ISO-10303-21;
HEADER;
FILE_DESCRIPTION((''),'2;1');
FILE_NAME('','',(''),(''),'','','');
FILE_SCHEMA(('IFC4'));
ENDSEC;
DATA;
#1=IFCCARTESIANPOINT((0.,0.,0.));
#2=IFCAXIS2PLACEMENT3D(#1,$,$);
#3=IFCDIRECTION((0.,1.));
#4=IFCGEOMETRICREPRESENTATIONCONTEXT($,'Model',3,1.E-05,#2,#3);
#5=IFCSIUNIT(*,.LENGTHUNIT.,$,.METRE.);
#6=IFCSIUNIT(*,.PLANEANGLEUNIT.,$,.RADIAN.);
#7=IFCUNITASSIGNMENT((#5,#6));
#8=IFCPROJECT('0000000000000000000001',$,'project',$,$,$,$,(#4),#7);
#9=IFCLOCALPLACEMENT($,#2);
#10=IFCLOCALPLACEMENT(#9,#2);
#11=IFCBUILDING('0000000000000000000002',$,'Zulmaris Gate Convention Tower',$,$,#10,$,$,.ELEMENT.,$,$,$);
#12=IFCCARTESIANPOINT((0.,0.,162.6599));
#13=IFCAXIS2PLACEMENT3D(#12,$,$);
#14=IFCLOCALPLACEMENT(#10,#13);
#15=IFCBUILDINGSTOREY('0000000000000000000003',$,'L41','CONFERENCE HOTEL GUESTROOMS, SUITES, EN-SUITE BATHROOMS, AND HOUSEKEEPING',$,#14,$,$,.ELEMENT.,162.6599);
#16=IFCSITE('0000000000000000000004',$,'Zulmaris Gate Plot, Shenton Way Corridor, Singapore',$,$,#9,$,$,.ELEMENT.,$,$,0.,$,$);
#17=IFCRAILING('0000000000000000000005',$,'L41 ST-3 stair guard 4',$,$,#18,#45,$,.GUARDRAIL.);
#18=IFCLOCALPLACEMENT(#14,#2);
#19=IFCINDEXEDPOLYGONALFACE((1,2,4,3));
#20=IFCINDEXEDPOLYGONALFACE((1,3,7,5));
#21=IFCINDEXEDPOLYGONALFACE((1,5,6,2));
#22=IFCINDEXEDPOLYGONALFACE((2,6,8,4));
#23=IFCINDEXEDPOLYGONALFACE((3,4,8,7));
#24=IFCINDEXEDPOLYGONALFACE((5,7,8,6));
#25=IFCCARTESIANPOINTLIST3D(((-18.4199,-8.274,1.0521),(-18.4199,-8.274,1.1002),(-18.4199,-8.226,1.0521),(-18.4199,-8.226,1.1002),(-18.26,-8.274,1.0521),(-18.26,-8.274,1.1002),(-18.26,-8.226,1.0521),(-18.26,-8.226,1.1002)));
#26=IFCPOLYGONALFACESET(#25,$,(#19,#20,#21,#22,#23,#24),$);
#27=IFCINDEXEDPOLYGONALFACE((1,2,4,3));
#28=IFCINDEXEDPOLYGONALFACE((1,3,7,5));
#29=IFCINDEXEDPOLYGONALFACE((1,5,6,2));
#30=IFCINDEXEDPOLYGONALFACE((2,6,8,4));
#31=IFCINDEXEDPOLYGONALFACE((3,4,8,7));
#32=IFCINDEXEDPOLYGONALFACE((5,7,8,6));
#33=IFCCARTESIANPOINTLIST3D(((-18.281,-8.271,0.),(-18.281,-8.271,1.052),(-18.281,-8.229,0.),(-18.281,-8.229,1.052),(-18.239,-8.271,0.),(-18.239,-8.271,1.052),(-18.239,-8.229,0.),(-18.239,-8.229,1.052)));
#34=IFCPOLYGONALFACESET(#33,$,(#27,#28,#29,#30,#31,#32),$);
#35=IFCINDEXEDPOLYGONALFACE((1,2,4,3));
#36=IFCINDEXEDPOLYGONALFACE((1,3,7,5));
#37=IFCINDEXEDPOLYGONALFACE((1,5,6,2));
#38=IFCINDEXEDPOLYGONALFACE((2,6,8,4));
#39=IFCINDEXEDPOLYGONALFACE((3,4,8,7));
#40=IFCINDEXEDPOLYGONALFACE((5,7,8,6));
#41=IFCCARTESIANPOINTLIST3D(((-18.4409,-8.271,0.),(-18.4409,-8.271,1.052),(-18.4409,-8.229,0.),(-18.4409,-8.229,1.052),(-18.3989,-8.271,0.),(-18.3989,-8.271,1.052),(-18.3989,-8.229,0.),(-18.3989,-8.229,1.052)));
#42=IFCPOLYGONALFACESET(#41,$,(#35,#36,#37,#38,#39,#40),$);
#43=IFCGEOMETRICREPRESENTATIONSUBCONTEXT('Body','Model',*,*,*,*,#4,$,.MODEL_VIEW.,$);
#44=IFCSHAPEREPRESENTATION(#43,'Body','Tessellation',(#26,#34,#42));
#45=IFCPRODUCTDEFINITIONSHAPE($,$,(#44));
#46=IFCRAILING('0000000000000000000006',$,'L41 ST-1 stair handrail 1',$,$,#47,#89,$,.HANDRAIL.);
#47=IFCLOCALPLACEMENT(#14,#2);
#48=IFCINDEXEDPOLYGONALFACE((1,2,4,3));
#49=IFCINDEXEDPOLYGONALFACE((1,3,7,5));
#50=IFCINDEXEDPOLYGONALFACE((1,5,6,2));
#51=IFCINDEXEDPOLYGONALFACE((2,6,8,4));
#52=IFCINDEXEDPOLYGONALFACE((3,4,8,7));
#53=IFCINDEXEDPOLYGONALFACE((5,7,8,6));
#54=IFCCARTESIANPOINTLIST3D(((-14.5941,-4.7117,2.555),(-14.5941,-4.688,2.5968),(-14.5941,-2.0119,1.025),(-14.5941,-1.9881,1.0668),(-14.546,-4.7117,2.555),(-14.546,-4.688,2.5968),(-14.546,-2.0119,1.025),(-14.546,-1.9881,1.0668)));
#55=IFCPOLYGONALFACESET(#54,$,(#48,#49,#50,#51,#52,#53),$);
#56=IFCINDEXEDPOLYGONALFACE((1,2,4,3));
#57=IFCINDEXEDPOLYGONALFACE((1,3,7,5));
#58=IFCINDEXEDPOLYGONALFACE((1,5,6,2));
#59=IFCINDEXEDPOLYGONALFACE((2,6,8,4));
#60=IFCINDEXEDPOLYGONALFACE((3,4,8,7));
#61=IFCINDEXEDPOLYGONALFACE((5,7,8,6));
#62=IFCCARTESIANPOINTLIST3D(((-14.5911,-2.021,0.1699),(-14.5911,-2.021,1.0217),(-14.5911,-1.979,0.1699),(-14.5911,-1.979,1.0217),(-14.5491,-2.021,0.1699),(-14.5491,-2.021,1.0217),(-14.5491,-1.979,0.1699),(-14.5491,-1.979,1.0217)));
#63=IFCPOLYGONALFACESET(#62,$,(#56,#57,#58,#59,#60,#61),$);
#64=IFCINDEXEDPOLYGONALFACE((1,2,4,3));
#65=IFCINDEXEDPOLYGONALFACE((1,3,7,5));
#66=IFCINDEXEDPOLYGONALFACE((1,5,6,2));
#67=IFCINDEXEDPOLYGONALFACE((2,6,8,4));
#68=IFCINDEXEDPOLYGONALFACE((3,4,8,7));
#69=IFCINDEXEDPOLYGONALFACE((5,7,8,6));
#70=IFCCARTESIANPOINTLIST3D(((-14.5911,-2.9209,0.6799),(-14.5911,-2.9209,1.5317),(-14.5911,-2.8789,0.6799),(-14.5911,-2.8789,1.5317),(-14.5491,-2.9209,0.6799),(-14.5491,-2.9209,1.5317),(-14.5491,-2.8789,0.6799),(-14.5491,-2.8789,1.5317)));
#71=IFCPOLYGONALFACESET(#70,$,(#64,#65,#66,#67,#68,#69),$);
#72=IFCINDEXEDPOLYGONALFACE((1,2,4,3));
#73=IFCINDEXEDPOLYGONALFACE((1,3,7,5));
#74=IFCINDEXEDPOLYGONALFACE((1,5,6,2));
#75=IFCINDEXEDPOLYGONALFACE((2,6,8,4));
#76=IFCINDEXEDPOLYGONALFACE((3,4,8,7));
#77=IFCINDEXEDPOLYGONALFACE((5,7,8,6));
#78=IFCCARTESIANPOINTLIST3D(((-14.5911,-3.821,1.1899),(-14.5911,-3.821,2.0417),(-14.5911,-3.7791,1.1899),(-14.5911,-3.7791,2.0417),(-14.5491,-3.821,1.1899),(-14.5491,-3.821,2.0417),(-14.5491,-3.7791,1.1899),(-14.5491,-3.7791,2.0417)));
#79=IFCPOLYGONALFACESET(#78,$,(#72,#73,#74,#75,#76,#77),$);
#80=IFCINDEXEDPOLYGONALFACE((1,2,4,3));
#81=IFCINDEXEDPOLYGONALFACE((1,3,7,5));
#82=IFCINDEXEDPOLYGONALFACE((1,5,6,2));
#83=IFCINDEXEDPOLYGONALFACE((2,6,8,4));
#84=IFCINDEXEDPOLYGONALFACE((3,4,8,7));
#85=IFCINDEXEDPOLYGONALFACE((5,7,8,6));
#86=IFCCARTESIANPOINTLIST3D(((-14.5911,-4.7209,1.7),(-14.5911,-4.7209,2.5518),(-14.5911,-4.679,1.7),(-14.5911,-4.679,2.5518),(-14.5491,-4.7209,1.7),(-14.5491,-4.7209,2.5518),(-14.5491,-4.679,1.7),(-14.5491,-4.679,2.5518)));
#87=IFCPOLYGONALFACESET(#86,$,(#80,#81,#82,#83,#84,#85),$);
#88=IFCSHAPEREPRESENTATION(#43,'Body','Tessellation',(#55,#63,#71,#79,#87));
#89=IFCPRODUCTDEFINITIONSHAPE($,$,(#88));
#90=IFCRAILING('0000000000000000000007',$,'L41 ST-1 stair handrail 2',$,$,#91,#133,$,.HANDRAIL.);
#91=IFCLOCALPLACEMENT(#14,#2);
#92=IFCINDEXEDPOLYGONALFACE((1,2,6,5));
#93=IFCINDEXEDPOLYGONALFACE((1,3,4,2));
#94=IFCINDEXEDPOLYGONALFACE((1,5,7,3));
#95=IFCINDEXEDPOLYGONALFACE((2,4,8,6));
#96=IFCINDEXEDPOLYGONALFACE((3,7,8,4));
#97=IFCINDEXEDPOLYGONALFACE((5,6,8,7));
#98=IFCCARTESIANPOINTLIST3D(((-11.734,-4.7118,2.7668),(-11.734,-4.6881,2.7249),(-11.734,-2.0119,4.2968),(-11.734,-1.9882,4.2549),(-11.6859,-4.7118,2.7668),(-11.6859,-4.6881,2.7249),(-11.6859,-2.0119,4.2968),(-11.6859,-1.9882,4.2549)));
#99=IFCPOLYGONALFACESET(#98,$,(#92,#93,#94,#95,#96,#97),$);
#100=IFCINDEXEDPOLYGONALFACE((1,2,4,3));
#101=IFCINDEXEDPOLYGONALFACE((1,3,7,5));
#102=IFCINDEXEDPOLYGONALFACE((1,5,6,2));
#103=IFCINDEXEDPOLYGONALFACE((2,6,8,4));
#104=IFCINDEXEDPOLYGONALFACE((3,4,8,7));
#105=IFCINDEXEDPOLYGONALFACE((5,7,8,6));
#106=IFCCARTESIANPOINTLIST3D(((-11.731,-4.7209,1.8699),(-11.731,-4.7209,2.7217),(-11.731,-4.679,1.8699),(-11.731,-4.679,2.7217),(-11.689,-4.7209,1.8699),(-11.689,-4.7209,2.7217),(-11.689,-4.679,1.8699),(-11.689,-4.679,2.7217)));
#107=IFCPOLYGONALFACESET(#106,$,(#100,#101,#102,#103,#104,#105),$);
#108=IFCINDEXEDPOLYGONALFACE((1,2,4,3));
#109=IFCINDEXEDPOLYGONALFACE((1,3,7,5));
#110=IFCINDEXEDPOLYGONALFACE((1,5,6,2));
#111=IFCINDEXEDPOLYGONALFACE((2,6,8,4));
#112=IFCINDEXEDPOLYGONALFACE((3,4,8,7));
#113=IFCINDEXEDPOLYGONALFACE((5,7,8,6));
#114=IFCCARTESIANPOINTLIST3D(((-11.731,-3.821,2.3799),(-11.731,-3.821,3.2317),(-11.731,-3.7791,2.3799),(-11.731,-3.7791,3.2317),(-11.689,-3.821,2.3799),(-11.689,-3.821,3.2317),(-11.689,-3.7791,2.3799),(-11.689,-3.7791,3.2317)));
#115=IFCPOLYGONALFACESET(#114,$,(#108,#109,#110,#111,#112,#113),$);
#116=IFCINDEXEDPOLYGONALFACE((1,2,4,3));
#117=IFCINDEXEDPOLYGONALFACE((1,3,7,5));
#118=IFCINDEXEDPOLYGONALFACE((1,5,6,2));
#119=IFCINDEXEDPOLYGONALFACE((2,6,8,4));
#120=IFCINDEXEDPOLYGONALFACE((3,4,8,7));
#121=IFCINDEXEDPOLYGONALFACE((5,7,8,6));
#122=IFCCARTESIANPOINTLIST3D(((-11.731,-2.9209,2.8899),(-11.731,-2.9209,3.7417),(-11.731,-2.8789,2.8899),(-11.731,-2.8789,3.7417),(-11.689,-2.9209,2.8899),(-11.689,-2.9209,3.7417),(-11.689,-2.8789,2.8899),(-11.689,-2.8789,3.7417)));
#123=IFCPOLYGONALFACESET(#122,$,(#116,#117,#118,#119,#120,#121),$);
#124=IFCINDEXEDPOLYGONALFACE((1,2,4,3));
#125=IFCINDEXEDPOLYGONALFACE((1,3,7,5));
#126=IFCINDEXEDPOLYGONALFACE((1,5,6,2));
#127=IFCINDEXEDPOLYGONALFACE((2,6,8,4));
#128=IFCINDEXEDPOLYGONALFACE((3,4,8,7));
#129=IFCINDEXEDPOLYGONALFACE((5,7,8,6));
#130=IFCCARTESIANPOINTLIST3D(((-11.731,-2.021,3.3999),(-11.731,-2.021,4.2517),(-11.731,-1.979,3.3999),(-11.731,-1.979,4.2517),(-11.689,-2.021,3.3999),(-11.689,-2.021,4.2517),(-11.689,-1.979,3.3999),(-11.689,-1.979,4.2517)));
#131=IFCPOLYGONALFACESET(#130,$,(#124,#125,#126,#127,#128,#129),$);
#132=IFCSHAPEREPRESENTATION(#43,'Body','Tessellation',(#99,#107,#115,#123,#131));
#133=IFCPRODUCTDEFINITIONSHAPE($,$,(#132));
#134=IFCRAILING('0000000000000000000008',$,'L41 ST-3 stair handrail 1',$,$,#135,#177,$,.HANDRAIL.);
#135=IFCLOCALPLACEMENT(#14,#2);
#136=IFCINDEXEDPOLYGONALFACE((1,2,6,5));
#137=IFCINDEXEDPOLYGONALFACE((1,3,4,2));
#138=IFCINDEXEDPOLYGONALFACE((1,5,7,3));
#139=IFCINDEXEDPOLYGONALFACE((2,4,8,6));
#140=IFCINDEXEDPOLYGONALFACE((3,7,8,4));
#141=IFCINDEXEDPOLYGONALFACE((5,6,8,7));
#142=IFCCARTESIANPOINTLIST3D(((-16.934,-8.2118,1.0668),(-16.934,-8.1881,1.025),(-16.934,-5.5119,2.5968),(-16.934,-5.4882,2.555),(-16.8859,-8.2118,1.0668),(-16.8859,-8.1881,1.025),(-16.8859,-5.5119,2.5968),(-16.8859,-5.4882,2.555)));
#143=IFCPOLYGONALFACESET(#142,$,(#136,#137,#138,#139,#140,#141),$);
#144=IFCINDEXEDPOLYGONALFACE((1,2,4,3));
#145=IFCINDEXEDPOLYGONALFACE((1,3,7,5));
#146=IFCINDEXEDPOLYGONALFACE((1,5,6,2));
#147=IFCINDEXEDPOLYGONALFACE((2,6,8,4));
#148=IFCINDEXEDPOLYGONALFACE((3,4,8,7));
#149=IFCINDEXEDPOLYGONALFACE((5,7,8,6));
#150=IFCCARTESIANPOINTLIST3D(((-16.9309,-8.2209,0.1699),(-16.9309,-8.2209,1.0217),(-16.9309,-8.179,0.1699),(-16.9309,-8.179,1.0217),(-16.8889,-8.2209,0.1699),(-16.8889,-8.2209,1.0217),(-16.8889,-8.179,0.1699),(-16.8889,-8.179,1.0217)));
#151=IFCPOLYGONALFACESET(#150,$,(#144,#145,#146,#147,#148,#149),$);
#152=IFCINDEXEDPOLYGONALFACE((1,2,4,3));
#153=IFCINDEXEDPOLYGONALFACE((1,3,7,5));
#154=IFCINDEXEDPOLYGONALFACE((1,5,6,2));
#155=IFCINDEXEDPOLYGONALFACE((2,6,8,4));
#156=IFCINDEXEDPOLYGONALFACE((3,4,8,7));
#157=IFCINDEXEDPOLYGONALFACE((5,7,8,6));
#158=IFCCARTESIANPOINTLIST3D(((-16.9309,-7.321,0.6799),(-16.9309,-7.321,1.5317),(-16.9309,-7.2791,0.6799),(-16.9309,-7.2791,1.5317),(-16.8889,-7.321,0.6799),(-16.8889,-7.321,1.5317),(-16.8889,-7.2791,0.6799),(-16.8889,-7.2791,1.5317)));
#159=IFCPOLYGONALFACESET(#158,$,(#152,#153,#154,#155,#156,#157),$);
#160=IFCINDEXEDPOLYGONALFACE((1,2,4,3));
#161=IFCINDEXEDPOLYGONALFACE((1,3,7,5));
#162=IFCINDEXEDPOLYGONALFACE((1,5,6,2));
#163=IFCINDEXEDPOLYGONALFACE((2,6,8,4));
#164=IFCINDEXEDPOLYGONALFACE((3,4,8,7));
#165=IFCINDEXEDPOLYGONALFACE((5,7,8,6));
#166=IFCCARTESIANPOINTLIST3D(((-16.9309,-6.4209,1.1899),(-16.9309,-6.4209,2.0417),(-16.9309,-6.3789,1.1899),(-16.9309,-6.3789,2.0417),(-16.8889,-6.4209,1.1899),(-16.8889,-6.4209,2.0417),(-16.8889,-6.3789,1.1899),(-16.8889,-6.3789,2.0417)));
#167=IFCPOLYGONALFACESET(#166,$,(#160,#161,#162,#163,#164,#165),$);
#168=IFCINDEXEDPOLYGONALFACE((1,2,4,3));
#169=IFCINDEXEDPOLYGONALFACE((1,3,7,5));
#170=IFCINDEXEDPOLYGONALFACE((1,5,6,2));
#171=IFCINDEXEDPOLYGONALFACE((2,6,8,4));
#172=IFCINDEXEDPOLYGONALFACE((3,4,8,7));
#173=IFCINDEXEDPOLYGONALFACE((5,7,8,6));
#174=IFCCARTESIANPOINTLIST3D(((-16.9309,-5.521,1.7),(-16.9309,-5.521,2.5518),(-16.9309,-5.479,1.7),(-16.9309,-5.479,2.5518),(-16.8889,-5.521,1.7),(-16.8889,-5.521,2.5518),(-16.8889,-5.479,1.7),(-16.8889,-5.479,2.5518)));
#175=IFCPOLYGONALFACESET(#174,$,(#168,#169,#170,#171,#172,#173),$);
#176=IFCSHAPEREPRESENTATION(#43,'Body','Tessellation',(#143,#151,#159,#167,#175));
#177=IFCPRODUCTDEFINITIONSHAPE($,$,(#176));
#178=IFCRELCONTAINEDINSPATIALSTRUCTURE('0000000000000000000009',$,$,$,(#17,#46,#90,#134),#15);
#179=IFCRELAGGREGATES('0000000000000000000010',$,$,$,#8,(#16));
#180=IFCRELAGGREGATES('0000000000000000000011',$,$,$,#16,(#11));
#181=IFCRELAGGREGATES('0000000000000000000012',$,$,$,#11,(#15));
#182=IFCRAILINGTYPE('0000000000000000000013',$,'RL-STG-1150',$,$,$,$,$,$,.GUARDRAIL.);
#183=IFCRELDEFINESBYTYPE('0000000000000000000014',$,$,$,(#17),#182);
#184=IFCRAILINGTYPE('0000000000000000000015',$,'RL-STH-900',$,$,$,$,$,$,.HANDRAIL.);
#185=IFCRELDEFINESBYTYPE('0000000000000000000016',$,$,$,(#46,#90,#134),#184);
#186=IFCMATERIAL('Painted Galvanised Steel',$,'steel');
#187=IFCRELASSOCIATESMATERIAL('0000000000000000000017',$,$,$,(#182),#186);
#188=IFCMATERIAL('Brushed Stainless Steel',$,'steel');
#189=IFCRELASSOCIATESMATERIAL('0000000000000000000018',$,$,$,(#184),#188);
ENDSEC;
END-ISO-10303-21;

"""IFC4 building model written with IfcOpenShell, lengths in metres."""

from ifc_helpers import new_model, si_unit, direction, frame, origin, origin_2d, place, context, subcontext, project, spatial, rectangle, extrude, material, type_object, element, save


model = new_model("IFC4")

# Units and contexts
model_context = context("Model", 3, precision=1e-05, world=origin(), true_north=direction((0.0, 1.0)))
body_context = subcontext(model_context, "Body", "Model", "MODEL_VIEW")
ifc_project = project(units=[si_unit("LENGTHUNIT", "METRE"), si_unit("PLANEANGLEUNIT", "RADIAN")], contexts=[model_context])

# Site, building, storey
site_placement = place(None, origin())
site = spatial("IfcSite", under=ifc_project, at=site_placement, Name="Zulmaris Gate Plot, Shenton Way Corridor, Singapore", CompositionType="ELEMENT", RefElevation=0.0)
building_placement = place(site_placement, origin())
building = spatial("IfcBuilding", under=site, at=building_placement, Name="Zulmaris Gate Convention Tower", CompositionType="ELEMENT")
storey_placement = place(building_placement, frame((0.0, 0.0, 162.6599)))
storey = spatial("IfcBuildingStorey", under=building, at=storey_placement, Name="L41", Description="CONFERENCE HOTEL GUESTROOMS, SUITES, EN-SUITE BATHROOMS, AND HOUSEKEEPING", CompositionType="ELEMENT", Elevation=162.6599)

# Shared definitions
ifc_material_1 = material(Name="Brushed Stainless Steel", Category="steel")

# Railings
ifc_material_2 = material(Name="Painted Galvanised Steel", Category="steel")
railing_type_1 = type_object("IfcRailingType", Name="RL-STG-1150", PredefinedType="GUARDRAIL", material=ifc_material_2)
for number, where, name in (
    (1, (-18.26, -8.25, 0.0), "L41 ST-3 stair guard 4"),
):
    element("IfcRailing", number, at=place(storey_placement, frame(where)), inside=storey, type_object=railing_type_1, Name=name, PredefinedType="GUARDRAIL", context=body_context, shape_type="SweptSolid", body=[
        extrude(rectangle(XDim=0.0481, YDim=0.0481, at=origin_2d()), frame((0.0, 0.0, 1.0762), z_axis=(-1.0, 0.0, 0.0), x_axis=(0.0, -1.0, 0.0)), (0.0, 0.0, 1.0), 0.1599),
        extrude(rectangle(XDim=0.042, YDim=0.042, at=origin_2d()), origin(), (0.0, 0.0, 1.0), 1.052),
        extrude(rectangle(XDim=0.042, YDim=0.042, at=origin_2d()), frame((-0.1599, 0.0, 0.0)), (0.0, 0.0, 1.0), 1.052),
    ])
railing_type_2 = type_object("IfcRailingType", Name="RL-STH-900", PredefinedType="HANDRAIL", material=ifc_material_1)
railing_1_placement = place(storey_placement, frame((-14.5701, -2.0, 0.1699)))
element("IfcRailing", 2, at=railing_1_placement, inside=storey, type_object=railing_type_2, Name="L41 ST-1 stair handrail 1", PredefinedType="HANDRAIL", context=body_context, shape_type="SweptSolid", body=[
    extrude(rectangle(XDim=0.0481, YDim=0.0481, at=origin_2d()), frame((0.0, 0.0, 0.876), z_axis=(0.0, -0.870014, 0.493026), x_axis=(1.0, 0.0, 0.0)), (0.0, 0.0, 1.0), 3.1033),
    extrude(rectangle(XDim=0.042, YDim=0.042, at=origin_2d()), origin(), (0.0, 0.0, 1.0), 0.8518),
    extrude(rectangle(XDim=0.042, YDim=0.042, at=origin_2d()), frame((0.0, -0.8999, 0.51)), (0.0, 0.0, 1.0), 0.8518),
    extrude(rectangle(XDim=0.042, YDim=0.042, at=origin_2d()), frame((0.0, -1.8, 1.02)), (0.0, 0.0, 1.0), 0.8518),
    extrude(rectangle(XDim=0.042, YDim=0.042, at=origin_2d()), frame((0.0, -2.7, 1.53)), (0.0, 0.0, 1.0), 0.8518),
])
for number, where, name in (
    (3, (-11.71, -4.7, 1.8699), "L41 ST-1 stair handrail 2"),
    (4, (-16.9099, -8.2, 0.1699), "L41 ST-3 stair handrail 1"),
):
    element("IfcRailing", number, at=place(storey_placement, frame(where)), inside=storey, type_object=railing_type_2, Name=name, PredefinedType="HANDRAIL", context=body_context, shape_type="SweptSolid", body=[
        extrude(rectangle(XDim=0.0481, YDim=0.0481, at=origin_2d()), frame((0.0, 0.0, 0.876), z_axis=(0.0, 0.870014, 0.493026), x_axis=(-1.0, 0.0, 0.0)), (0.0, 0.0, 1.0), 3.1033),
        extrude(rectangle(XDim=0.042, YDim=0.042, at=origin_2d()), origin(), (0.0, 0.0, 1.0), 0.8518),
        extrude(rectangle(XDim=0.042, YDim=0.042, at=origin_2d()), frame((0.0, 0.8999, 0.51)), (0.0, 0.0, 1.0), 0.8518),
        extrude(rectangle(XDim=0.042, YDim=0.042, at=origin_2d()), frame((0.0, 1.8, 1.02)), (0.0, 0.0, 1.0), 0.8518),
        extrude(rectangle(XDim=0.042, YDim=0.042, at=origin_2d()), frame((0.0, 2.7, 1.53)), (0.0, 0.0, 1.0), 0.8518),
    ])

save(model, "model.ifc")
